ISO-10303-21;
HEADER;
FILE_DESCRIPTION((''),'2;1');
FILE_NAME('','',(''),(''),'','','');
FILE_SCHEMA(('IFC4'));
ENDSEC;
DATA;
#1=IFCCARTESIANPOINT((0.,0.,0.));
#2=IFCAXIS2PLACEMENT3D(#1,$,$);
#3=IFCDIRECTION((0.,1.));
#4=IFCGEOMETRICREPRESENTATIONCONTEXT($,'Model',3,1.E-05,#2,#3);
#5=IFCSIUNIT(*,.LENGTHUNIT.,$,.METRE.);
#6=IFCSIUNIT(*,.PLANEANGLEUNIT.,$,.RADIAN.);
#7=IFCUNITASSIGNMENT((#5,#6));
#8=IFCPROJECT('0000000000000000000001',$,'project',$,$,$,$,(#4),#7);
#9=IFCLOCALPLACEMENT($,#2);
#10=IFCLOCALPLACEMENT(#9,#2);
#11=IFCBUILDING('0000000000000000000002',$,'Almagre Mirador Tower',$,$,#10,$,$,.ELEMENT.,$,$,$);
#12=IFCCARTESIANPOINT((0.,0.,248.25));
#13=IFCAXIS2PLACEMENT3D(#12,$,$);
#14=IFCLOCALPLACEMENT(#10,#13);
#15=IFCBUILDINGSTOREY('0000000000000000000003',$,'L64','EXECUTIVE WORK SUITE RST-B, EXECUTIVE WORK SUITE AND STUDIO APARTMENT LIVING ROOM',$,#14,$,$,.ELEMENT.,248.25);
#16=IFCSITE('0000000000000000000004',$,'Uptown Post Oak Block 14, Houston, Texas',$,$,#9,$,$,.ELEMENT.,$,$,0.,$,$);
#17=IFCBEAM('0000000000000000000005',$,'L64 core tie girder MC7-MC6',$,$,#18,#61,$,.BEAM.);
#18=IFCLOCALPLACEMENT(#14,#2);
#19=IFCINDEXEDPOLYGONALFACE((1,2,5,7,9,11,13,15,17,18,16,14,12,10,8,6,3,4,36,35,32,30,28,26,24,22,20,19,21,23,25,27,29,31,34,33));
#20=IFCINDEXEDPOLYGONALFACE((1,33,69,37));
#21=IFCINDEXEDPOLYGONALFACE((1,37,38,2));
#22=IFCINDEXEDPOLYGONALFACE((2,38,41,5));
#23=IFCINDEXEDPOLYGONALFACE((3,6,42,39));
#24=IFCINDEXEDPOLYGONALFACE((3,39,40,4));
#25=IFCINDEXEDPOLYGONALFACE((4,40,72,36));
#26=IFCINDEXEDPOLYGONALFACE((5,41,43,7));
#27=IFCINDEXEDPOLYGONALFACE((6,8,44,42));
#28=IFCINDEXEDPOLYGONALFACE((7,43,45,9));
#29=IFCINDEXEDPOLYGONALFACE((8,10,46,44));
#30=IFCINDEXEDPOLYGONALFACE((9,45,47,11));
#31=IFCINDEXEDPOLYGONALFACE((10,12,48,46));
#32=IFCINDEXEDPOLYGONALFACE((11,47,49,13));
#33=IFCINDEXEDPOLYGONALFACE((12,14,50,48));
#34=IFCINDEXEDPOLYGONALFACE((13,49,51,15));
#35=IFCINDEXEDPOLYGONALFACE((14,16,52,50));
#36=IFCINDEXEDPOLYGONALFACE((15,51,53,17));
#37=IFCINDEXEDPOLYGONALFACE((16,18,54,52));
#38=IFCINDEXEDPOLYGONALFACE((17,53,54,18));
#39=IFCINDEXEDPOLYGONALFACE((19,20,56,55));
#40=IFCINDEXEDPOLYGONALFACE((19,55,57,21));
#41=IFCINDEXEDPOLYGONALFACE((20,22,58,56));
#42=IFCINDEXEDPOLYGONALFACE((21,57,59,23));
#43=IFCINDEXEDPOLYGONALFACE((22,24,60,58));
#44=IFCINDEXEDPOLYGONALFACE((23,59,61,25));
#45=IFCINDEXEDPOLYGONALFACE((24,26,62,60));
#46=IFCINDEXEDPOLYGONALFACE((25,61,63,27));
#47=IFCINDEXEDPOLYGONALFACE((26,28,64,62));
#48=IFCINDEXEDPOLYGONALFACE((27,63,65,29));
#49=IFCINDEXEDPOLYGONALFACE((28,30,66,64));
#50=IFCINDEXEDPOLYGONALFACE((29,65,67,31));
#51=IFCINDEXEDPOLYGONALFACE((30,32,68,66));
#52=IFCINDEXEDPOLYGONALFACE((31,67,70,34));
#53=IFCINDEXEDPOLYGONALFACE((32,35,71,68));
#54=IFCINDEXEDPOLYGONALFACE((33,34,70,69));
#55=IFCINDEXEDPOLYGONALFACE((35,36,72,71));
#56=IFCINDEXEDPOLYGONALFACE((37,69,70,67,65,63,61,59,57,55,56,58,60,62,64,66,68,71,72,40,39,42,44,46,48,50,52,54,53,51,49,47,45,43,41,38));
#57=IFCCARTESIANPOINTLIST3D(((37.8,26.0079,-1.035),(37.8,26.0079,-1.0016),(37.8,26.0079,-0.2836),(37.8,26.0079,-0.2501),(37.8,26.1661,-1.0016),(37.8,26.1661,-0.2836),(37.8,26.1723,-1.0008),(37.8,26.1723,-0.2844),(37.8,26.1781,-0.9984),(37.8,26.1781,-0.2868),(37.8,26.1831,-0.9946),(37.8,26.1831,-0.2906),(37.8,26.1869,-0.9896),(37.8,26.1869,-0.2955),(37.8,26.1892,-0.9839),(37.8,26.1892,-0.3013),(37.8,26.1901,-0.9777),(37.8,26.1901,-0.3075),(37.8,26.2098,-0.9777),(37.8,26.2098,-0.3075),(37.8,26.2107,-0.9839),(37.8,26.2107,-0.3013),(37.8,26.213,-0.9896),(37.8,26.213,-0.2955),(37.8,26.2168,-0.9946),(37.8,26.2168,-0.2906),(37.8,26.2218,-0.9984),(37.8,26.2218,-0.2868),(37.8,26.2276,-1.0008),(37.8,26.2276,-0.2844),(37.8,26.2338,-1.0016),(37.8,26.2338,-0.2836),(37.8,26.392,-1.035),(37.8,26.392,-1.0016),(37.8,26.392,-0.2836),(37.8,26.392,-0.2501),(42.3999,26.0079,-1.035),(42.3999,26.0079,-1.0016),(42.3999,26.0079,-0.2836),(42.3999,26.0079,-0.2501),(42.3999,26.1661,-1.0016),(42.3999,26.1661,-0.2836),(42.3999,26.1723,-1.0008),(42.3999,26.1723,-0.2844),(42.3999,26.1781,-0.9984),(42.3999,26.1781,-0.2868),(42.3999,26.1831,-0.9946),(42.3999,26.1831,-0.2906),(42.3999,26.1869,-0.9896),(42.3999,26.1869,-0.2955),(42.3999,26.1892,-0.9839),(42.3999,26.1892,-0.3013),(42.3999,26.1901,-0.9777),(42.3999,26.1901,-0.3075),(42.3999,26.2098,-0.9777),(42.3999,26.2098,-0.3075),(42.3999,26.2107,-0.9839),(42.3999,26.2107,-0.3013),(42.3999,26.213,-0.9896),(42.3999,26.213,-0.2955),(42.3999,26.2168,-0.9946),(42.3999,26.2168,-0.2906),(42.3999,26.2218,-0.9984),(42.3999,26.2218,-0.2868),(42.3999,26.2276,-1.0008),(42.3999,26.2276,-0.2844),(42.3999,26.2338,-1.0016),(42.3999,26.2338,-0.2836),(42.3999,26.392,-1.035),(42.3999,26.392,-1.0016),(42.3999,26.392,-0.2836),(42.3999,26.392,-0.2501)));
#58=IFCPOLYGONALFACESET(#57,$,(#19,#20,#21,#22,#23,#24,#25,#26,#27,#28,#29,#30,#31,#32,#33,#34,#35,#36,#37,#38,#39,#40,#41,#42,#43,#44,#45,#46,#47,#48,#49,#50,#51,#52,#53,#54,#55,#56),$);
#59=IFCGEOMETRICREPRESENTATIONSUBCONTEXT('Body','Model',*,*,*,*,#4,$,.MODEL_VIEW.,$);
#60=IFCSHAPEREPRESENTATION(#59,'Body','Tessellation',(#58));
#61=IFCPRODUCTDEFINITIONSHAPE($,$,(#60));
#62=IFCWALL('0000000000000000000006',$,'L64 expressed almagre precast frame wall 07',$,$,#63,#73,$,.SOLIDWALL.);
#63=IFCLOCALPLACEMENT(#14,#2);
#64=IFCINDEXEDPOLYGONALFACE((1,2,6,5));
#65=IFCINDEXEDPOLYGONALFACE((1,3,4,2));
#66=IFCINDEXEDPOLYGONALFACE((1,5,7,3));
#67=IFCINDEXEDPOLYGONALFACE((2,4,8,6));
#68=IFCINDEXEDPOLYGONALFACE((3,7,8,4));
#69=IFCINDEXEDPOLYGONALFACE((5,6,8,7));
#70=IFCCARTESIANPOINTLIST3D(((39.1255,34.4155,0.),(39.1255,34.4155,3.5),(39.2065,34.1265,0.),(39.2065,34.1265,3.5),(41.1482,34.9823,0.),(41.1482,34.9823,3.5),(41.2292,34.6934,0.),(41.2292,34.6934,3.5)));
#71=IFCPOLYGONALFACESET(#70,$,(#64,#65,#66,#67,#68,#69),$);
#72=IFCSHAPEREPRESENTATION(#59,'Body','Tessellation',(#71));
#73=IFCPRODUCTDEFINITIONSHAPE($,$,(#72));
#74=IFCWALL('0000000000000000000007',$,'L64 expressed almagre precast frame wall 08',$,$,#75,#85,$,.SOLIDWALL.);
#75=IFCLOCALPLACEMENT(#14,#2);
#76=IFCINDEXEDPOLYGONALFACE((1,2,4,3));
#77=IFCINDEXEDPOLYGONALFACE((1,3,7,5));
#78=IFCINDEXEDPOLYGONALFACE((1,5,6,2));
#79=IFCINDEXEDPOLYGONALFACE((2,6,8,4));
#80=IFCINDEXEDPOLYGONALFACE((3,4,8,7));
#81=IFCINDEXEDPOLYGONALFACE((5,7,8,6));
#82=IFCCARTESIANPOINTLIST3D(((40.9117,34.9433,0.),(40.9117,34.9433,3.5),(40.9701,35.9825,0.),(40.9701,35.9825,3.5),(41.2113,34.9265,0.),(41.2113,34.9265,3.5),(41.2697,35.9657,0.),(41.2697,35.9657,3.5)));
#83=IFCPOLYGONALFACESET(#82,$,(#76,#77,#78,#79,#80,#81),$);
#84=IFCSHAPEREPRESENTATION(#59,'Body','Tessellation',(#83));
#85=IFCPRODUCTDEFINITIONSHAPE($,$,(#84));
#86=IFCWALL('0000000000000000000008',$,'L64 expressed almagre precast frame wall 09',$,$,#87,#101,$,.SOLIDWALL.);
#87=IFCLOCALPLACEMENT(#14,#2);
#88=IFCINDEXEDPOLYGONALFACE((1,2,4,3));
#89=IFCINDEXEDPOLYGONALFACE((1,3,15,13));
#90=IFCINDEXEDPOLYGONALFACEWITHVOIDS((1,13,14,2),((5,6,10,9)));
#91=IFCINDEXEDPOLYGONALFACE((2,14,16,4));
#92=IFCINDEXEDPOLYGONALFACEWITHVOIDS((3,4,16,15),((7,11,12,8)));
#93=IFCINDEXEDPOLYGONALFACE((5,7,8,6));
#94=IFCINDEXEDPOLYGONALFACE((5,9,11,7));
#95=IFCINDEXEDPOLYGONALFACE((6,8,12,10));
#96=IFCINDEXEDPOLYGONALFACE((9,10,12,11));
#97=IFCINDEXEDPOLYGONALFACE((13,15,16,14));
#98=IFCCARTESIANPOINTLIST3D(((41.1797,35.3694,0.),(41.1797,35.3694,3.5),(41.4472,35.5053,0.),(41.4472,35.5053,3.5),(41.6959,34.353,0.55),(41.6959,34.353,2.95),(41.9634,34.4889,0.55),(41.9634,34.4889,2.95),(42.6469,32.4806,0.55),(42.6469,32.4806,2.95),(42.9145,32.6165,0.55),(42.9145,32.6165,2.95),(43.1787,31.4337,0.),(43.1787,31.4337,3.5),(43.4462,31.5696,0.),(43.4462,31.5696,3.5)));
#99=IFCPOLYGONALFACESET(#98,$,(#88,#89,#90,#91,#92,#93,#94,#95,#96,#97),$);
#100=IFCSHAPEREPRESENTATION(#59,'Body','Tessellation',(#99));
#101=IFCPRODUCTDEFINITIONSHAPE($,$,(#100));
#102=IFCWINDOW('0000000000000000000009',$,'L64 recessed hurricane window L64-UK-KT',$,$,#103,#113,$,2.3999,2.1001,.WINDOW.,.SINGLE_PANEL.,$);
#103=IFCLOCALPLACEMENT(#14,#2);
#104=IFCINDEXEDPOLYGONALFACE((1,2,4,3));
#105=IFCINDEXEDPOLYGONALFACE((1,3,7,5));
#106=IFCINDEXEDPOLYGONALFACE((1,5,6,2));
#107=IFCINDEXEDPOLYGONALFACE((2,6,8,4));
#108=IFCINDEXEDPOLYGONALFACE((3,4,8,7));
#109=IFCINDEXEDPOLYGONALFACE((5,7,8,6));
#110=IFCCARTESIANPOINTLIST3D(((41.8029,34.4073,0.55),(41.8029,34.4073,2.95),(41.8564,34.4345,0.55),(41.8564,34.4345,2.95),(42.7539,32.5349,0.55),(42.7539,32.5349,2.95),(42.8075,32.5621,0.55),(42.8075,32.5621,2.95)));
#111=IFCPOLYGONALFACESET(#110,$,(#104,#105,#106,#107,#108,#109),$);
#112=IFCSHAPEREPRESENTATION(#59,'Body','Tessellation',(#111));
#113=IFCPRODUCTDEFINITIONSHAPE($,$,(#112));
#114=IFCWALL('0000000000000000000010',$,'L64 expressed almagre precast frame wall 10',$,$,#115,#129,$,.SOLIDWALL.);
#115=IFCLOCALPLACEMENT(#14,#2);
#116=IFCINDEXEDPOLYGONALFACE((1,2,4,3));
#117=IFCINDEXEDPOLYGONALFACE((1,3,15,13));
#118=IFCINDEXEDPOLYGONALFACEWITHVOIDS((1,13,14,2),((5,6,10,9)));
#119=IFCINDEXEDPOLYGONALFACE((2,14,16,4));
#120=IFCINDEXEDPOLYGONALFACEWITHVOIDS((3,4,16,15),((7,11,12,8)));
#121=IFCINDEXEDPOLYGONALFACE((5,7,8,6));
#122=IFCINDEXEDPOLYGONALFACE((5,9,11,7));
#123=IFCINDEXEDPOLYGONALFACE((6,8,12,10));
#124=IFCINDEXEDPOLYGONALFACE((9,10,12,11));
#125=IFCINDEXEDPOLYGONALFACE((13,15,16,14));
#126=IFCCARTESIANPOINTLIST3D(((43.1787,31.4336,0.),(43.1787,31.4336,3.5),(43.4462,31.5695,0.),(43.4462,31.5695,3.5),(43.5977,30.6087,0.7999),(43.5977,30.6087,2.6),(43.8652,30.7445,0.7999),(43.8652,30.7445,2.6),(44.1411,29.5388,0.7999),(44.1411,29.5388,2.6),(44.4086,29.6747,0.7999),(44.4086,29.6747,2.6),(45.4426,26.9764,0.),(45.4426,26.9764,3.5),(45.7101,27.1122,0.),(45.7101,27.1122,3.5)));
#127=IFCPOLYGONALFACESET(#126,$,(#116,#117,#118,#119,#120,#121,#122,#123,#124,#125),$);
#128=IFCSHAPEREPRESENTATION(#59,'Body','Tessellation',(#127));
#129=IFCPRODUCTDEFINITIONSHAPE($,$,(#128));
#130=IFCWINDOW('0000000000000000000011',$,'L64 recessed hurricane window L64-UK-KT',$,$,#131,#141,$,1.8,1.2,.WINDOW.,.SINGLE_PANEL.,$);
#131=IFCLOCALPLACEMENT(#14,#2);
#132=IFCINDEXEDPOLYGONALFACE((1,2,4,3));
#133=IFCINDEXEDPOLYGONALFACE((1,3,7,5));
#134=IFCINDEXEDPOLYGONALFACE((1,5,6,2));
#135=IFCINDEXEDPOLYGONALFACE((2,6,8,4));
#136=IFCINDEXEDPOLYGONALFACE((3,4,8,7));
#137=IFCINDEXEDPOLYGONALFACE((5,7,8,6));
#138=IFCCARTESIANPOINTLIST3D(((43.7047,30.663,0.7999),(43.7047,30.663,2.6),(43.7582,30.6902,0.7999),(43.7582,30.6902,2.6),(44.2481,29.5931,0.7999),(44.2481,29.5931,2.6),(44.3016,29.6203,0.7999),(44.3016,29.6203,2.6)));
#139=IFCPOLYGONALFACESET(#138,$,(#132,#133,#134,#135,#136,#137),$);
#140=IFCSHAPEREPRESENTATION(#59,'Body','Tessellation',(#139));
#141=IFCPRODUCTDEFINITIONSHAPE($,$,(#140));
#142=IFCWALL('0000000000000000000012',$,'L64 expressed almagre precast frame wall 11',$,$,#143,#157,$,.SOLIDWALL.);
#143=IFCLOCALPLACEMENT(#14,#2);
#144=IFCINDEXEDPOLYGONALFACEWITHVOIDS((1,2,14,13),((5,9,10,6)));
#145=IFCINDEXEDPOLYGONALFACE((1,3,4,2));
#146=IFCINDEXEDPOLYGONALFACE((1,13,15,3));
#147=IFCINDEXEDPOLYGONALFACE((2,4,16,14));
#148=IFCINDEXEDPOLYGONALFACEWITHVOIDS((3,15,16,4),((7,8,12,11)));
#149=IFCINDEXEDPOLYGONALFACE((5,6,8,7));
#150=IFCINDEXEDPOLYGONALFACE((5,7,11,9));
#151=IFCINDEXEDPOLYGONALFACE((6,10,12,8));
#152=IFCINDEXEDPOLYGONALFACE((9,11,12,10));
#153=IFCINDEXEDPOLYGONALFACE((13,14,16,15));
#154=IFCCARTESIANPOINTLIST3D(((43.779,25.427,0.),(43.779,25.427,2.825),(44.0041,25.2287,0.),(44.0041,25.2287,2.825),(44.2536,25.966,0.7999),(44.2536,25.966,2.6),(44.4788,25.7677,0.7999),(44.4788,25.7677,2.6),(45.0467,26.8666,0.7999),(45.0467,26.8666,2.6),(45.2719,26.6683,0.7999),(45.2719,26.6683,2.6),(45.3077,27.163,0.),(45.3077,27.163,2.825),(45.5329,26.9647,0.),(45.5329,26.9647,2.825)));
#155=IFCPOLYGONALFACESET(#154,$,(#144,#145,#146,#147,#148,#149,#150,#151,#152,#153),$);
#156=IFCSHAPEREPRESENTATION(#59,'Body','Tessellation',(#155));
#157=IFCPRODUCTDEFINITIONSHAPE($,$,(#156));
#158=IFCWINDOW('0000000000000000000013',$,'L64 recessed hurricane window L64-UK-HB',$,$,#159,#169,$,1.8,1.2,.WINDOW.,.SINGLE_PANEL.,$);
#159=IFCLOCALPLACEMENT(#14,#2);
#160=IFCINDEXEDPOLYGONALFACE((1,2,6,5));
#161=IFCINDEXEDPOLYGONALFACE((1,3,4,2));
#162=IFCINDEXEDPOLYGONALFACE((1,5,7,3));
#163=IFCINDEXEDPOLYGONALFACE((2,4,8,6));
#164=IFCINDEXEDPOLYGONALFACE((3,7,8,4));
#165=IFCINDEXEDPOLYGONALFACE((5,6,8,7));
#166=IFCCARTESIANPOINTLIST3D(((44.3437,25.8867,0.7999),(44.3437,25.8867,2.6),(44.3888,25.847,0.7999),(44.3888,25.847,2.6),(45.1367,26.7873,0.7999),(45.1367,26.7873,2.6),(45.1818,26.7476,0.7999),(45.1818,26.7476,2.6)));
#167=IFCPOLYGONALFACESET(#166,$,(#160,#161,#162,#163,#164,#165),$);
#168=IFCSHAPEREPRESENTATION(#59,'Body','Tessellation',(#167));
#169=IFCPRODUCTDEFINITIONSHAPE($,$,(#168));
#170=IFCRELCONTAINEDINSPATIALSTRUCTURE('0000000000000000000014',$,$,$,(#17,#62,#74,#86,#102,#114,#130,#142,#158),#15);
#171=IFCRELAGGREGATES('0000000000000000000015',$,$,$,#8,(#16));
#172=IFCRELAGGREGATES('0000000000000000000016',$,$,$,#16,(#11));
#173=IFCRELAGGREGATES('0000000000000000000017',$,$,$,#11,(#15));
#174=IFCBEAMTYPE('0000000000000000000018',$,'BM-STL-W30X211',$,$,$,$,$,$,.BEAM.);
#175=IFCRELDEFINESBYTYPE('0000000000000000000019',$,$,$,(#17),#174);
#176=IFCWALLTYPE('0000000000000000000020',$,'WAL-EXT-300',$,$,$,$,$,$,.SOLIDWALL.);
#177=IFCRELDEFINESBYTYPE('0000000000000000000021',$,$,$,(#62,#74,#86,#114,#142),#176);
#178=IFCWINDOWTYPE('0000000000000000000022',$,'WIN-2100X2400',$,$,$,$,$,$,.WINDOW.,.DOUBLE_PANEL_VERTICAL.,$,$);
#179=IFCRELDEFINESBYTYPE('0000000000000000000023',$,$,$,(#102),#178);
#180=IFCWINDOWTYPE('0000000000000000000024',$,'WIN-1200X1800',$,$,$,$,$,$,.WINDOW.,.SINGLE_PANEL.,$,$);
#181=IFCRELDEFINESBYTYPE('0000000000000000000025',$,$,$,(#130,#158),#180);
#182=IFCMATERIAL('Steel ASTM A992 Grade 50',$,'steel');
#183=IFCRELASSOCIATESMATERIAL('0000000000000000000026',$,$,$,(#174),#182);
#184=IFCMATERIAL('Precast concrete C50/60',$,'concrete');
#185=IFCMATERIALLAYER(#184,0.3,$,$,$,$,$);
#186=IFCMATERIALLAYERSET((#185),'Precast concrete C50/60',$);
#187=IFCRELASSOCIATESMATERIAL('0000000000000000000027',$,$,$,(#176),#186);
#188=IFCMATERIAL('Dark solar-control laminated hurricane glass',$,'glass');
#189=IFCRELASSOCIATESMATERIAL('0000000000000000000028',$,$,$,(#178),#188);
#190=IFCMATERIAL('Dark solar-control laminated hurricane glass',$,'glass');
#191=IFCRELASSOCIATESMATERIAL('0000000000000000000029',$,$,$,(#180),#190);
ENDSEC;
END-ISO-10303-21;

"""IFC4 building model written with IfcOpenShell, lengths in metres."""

from ifc_helpers import new_model, si_unit, direction, frame, frame_2d, origin, origin_2d, place, context, subcontext, project, spatial, rectangle, i_section, extrude, material, layer, layer_set, material_profile, profile_set, type_object, element, fill, save


model = new_model("IFC4")

# Units and contexts
model_context = context("Model", 3, precision=1e-05, world=origin(), true_north=direction((0.0, 1.0)))
body_context = subcontext(model_context, "Body", "Model", "MODEL_VIEW")
ifc_project = project(units=[si_unit("LENGTHUNIT", "METRE"), si_unit("PLANEANGLEUNIT", "RADIAN")], contexts=[model_context])

# Site, building, storey
site_placement = place(None, origin())
site = spatial("IfcSite", under=ifc_project, at=site_placement, Name="Uptown Post Oak Block 14, Houston, Texas", CompositionType="ELEMENT", RefElevation=0.0)
building_placement = place(site_placement, origin())
building = spatial("IfcBuilding", under=site, at=building_placement, Name="Almagre Mirador Tower", CompositionType="ELEMENT")
storey_placement = place(building_placement, frame((0.0, 0.0, 248.25)))
storey = spatial("IfcBuildingStorey", under=building, at=storey_placement, Name="L64", Description="EXECUTIVE WORK SUITE RST-B, EXECUTIVE WORK SUITE AND STUDIO APARTMENT LIVING ROOM", CompositionType="ELEMENT", Elevation=248.25)

# Beam
ifc_material_1 = material(Name="Steel ASTM A992 Grade 50", Category="steel")
ifc_material_profile_1 = material_profile(ifc_material_1, i_section(OverallWidth=0.384, OverallDepth=0.7849, WebThickness=0.0198, FlangeThickness=0.0334, FilletRadius=0.0239, at=origin_2d()), Name="W30X211")
ifc_profile_set_1 = profile_set([ifc_material_profile_1], Name="Steel ASTM A992 Grade 50")
beam_type_1 = type_object("IfcBeamType", Name="BM-STL-W30X211", PredefinedType="BEAM", material=ifc_profile_set_1)
beam_1_placement = place(storey_placement, frame((37.8, 26.2, -0.6426), z_axis=(1.0, 0.0, 0.0), x_axis=(0.0, 1.0, 0.0)))
element("IfcBeam", 1, at=beam_1_placement, inside=storey, type_object=beam_type_1, Name="L64 core tie girder MC7-MC6", PredefinedType="BEAM", context=body_context, shape_type="SweptSolid", body=[
    extrude(i_section(OverallWidth=0.384, OverallDepth=0.7849, WebThickness=0.0198, FlangeThickness=0.0334, FilletRadius=0.0239, at=origin_2d()), origin(), (0.0, 0.0, 1.0), 4.5999),
])

# Walls
ifc_material_2 = material(Name="Precast concrete C50/60", Category="concrete")
ifc_layer_1 = layer(ifc_material_2, 0.3)
ifc_layer_set_1 = layer_set([ifc_layer_1], Name="Precast concrete C50/60")
wall_type_1 = type_object("IfcWallType", Name="WAL-EXT-300", PredefinedType="SOLIDWALL", material=ifc_layer_set_1)
wall_1_placement = place(storey_placement, frame((39.166, 34.271, 0.0), z_axis=(0.0, 0.0, 1.0), x_axis=(0.962898, 0.269867, 0.0)))
element("IfcWall", 2, at=wall_1_placement, inside=storey, type_object=wall_type_1, Name="L64 expressed almagre precast frame wall 07", PredefinedType="SOLIDWALL", context=body_context, shape_type="SweptSolid", body=[
    extrude(rectangle(XDim=2.1006, YDim=0.3, at=frame_2d((1.0503, 0.0))), origin(), (0.0, 0.0, 1.0), 3.5),
])
wall_2_placement = place(storey_placement, frame((41.0615, 34.9348, 0.0), z_axis=(0.0, 0.0, 1.0), x_axis=(0.056068, 0.998427, 0.0)))
element("IfcWall", 3, at=wall_2_placement, inside=storey, type_object=wall_type_1, Name="L64 expressed almagre precast frame wall 08", PredefinedType="SOLIDWALL", context=body_context, shape_type="SweptSolid", body=[
    extrude(rectangle(XDim=1.0408, YDim=0.3, at=frame_2d((0.5205, 0.0))), origin(), (0.0, 0.0, 1.0), 3.5),
])

# Walls, openings, windows
wall_3_placement = place(storey_placement, frame((41.3135, 35.4373, 0.0), z_axis=(0.0, 0.0, 1.0), x_axis=(0.452846, -0.891589, 0.0)))
wall_3 = element("IfcWall", 4, at=wall_3_placement, inside=storey, type_object=wall_type_1, Name="L64 expressed almagre precast frame wall 09", PredefinedType="SOLIDWALL", context=body_context, shape_type="SweptSolid", body=[
    extrude(rectangle(XDim=4.4143, YDim=0.3, at=frame_2d((2.207, 0.0))), origin(), (0.0, 0.0, 1.0), 3.5),
])
opening_1_placement = place(wall_3_placement, frame((1.1399, 0.0, 0.55)))
opening_1 = element("IfcOpeningElement", 5, at=opening_1_placement, cuts=wall_3, PredefinedType="OPENING", context=body_context, shape_type="SweptSolid", body=[
    extrude(rectangle(XDim=2.1001, YDim=2.3999, at=frame_2d((1.05, 1.2))), frame((0.0, 0.1599, 0.0), z_axis=(0.0, -1.0, 0.0), x_axis=(1.0, 0.0, 0.0)), (0.0, 0.0, 1.0), 0.32),
])
ifc_material_3 = material(Name="Dark solar-control laminated hurricane glass", Category="glass")
window_type_1 = type_object("IfcWindowType", Name="WIN-2100X2400", PartitioningType="DOUBLE_PANEL_VERTICAL", PredefinedType="WINDOW", material=ifc_material_3)
window_1_placement = place(opening_1_placement, origin())
window_1 = element("IfcWindow", 6, at=window_1_placement, inside=storey, type_object=window_type_1, Name="L64 recessed hurricane window L64-UK-KT", OverallHeight=2.3999, OverallWidth=2.1001, PartitioningType="SINGLE_PANEL", PredefinedType="WINDOW", context=body_context, shape_type="SweptSolid", body=[
    extrude(rectangle(XDim=2.1001, YDim=2.3999, at=frame_2d((1.05, 1.2))), frame((0.0, 0.03, 0.0), z_axis=(0.0, -1.0, 0.0), x_axis=(1.0, 0.0, 0.0)), (0.0, 0.0, 1.0), 0.0601),
])
fill(opening_1, window_1)
wall_4_placement = place(storey_placement, frame((43.3125, 31.5015, 0.0), z_axis=(0.0, 0.0, 1.0), x_axis=(0.45285, -0.891587, 0.0)))
wall_4 = element("IfcWall", 7, at=wall_4_placement, inside=storey, type_object=wall_type_1, Name="L64 expressed almagre precast frame wall 10", PredefinedType="SOLIDWALL", context=body_context, shape_type="SweptSolid", body=[
    extrude(rectangle(XDim=4.9993, YDim=0.3, at=frame_2d((2.4995, 0.0))), origin(), (0.0, 0.0, 1.0), 3.5),
])
opening_2_placement = place(wall_4_placement, frame((0.925, 0.0, 0.8)))
opening_2 = element("IfcOpeningElement", 8, at=opening_2_placement, cuts=wall_4, PredefinedType="OPENING", context=body_context, shape_type="SweptSolid", body=[
    extrude(rectangle(XDim=1.2, YDim=1.8, at=frame_2d((0.6001, 0.8999))), frame((0.0, 0.1599, 0.0), z_axis=(0.0, -1.0, 0.0), x_axis=(1.0, 0.0, 0.0)), (0.0, 0.0, 1.0), 0.32),
])
ifc_material_4 = material(Name="Dark solar-control laminated hurricane glass", Category="glass")
window_type_2 = type_object("IfcWindowType", Name="WIN-1200X1800", PartitioningType="SINGLE_PANEL", PredefinedType="WINDOW", material=ifc_material_4)
window_2_placement = place(opening_2_placement, origin())
window_2 = element("IfcWindow", 9, at=window_2_placement, inside=storey, type_object=window_type_2, Name="L64 recessed hurricane window L64-UK-KT", OverallHeight=1.8, OverallWidth=1.2, PartitioningType="SINGLE_PANEL", PredefinedType="WINDOW", context=body_context, shape_type="SweptSolid", body=[
    extrude(rectangle(XDim=1.2, YDim=1.8, at=frame_2d((0.6001, 0.8999))), frame((0.0, 0.03, 0.0), z_axis=(0.0, -1.0, 0.0), x_axis=(1.0, 0.0, 0.0)), (0.0, 0.0, 1.0), 0.0601),
])
fill(opening_2, window_2)
wall_5_placement = place(storey_placement, frame((45.4204, 27.064, 0.0), z_axis=(0.0, 0.0, 1.0), x_axis=(-0.660885, -0.750487, 0.0)))
wall_5 = element("IfcWall", 10, at=wall_5_placement, inside=storey, type_object=wall_type_1, Name="L64 expressed almagre precast frame wall 11", PredefinedType="SOLIDWALL", context=body_context, shape_type="SweptSolid", body=[
    extrude(rectangle(XDim=2.3132, YDim=0.3, at=frame_2d((1.1567, 0.0))), origin(), (0.0, 0.0, 1.0), 2.825),
])
opening_3_placement = place(wall_5_placement, frame((0.395, 0.0, 0.8)))
opening_3 = element("IfcOpeningElement", 11, at=opening_3_placement, cuts=wall_5, PredefinedType="OPENING", context=body_context, shape_type="SweptSolid", body=[
    extrude(rectangle(XDim=1.2, YDim=1.8, at=frame_2d((0.6001, 0.8999))), frame((0.0, 0.1599, 0.0), z_axis=(0.0, -1.0, 0.0), x_axis=(1.0, 0.0, 0.0)), (0.0, 0.0, 1.0), 0.32),
])
window_3_placement = place(opening_3_placement, origin())
window_3 = element("IfcWindow", 12, at=window_3_placement, inside=storey, type_object=window_type_2, Name="L64 recessed hurricane window L64-UK-HB", OverallHeight=1.8, OverallWidth=1.2, PartitioningType="SINGLE_PANEL", PredefinedType="WINDOW", context=body_context, shape_type="SweptSolid", body=[
    extrude(rectangle(XDim=1.2, YDim=1.8, at=frame_2d((0.6001, 0.8999))), frame((0.0, 0.03, 0.0), z_axis=(0.0, -1.0, 0.0), x_axis=(1.0, 0.0, 0.0)), (0.0, 0.0, 1.0), 0.0601),
])
fill(opening_3, window_3)

save(model, "model.ifc")
